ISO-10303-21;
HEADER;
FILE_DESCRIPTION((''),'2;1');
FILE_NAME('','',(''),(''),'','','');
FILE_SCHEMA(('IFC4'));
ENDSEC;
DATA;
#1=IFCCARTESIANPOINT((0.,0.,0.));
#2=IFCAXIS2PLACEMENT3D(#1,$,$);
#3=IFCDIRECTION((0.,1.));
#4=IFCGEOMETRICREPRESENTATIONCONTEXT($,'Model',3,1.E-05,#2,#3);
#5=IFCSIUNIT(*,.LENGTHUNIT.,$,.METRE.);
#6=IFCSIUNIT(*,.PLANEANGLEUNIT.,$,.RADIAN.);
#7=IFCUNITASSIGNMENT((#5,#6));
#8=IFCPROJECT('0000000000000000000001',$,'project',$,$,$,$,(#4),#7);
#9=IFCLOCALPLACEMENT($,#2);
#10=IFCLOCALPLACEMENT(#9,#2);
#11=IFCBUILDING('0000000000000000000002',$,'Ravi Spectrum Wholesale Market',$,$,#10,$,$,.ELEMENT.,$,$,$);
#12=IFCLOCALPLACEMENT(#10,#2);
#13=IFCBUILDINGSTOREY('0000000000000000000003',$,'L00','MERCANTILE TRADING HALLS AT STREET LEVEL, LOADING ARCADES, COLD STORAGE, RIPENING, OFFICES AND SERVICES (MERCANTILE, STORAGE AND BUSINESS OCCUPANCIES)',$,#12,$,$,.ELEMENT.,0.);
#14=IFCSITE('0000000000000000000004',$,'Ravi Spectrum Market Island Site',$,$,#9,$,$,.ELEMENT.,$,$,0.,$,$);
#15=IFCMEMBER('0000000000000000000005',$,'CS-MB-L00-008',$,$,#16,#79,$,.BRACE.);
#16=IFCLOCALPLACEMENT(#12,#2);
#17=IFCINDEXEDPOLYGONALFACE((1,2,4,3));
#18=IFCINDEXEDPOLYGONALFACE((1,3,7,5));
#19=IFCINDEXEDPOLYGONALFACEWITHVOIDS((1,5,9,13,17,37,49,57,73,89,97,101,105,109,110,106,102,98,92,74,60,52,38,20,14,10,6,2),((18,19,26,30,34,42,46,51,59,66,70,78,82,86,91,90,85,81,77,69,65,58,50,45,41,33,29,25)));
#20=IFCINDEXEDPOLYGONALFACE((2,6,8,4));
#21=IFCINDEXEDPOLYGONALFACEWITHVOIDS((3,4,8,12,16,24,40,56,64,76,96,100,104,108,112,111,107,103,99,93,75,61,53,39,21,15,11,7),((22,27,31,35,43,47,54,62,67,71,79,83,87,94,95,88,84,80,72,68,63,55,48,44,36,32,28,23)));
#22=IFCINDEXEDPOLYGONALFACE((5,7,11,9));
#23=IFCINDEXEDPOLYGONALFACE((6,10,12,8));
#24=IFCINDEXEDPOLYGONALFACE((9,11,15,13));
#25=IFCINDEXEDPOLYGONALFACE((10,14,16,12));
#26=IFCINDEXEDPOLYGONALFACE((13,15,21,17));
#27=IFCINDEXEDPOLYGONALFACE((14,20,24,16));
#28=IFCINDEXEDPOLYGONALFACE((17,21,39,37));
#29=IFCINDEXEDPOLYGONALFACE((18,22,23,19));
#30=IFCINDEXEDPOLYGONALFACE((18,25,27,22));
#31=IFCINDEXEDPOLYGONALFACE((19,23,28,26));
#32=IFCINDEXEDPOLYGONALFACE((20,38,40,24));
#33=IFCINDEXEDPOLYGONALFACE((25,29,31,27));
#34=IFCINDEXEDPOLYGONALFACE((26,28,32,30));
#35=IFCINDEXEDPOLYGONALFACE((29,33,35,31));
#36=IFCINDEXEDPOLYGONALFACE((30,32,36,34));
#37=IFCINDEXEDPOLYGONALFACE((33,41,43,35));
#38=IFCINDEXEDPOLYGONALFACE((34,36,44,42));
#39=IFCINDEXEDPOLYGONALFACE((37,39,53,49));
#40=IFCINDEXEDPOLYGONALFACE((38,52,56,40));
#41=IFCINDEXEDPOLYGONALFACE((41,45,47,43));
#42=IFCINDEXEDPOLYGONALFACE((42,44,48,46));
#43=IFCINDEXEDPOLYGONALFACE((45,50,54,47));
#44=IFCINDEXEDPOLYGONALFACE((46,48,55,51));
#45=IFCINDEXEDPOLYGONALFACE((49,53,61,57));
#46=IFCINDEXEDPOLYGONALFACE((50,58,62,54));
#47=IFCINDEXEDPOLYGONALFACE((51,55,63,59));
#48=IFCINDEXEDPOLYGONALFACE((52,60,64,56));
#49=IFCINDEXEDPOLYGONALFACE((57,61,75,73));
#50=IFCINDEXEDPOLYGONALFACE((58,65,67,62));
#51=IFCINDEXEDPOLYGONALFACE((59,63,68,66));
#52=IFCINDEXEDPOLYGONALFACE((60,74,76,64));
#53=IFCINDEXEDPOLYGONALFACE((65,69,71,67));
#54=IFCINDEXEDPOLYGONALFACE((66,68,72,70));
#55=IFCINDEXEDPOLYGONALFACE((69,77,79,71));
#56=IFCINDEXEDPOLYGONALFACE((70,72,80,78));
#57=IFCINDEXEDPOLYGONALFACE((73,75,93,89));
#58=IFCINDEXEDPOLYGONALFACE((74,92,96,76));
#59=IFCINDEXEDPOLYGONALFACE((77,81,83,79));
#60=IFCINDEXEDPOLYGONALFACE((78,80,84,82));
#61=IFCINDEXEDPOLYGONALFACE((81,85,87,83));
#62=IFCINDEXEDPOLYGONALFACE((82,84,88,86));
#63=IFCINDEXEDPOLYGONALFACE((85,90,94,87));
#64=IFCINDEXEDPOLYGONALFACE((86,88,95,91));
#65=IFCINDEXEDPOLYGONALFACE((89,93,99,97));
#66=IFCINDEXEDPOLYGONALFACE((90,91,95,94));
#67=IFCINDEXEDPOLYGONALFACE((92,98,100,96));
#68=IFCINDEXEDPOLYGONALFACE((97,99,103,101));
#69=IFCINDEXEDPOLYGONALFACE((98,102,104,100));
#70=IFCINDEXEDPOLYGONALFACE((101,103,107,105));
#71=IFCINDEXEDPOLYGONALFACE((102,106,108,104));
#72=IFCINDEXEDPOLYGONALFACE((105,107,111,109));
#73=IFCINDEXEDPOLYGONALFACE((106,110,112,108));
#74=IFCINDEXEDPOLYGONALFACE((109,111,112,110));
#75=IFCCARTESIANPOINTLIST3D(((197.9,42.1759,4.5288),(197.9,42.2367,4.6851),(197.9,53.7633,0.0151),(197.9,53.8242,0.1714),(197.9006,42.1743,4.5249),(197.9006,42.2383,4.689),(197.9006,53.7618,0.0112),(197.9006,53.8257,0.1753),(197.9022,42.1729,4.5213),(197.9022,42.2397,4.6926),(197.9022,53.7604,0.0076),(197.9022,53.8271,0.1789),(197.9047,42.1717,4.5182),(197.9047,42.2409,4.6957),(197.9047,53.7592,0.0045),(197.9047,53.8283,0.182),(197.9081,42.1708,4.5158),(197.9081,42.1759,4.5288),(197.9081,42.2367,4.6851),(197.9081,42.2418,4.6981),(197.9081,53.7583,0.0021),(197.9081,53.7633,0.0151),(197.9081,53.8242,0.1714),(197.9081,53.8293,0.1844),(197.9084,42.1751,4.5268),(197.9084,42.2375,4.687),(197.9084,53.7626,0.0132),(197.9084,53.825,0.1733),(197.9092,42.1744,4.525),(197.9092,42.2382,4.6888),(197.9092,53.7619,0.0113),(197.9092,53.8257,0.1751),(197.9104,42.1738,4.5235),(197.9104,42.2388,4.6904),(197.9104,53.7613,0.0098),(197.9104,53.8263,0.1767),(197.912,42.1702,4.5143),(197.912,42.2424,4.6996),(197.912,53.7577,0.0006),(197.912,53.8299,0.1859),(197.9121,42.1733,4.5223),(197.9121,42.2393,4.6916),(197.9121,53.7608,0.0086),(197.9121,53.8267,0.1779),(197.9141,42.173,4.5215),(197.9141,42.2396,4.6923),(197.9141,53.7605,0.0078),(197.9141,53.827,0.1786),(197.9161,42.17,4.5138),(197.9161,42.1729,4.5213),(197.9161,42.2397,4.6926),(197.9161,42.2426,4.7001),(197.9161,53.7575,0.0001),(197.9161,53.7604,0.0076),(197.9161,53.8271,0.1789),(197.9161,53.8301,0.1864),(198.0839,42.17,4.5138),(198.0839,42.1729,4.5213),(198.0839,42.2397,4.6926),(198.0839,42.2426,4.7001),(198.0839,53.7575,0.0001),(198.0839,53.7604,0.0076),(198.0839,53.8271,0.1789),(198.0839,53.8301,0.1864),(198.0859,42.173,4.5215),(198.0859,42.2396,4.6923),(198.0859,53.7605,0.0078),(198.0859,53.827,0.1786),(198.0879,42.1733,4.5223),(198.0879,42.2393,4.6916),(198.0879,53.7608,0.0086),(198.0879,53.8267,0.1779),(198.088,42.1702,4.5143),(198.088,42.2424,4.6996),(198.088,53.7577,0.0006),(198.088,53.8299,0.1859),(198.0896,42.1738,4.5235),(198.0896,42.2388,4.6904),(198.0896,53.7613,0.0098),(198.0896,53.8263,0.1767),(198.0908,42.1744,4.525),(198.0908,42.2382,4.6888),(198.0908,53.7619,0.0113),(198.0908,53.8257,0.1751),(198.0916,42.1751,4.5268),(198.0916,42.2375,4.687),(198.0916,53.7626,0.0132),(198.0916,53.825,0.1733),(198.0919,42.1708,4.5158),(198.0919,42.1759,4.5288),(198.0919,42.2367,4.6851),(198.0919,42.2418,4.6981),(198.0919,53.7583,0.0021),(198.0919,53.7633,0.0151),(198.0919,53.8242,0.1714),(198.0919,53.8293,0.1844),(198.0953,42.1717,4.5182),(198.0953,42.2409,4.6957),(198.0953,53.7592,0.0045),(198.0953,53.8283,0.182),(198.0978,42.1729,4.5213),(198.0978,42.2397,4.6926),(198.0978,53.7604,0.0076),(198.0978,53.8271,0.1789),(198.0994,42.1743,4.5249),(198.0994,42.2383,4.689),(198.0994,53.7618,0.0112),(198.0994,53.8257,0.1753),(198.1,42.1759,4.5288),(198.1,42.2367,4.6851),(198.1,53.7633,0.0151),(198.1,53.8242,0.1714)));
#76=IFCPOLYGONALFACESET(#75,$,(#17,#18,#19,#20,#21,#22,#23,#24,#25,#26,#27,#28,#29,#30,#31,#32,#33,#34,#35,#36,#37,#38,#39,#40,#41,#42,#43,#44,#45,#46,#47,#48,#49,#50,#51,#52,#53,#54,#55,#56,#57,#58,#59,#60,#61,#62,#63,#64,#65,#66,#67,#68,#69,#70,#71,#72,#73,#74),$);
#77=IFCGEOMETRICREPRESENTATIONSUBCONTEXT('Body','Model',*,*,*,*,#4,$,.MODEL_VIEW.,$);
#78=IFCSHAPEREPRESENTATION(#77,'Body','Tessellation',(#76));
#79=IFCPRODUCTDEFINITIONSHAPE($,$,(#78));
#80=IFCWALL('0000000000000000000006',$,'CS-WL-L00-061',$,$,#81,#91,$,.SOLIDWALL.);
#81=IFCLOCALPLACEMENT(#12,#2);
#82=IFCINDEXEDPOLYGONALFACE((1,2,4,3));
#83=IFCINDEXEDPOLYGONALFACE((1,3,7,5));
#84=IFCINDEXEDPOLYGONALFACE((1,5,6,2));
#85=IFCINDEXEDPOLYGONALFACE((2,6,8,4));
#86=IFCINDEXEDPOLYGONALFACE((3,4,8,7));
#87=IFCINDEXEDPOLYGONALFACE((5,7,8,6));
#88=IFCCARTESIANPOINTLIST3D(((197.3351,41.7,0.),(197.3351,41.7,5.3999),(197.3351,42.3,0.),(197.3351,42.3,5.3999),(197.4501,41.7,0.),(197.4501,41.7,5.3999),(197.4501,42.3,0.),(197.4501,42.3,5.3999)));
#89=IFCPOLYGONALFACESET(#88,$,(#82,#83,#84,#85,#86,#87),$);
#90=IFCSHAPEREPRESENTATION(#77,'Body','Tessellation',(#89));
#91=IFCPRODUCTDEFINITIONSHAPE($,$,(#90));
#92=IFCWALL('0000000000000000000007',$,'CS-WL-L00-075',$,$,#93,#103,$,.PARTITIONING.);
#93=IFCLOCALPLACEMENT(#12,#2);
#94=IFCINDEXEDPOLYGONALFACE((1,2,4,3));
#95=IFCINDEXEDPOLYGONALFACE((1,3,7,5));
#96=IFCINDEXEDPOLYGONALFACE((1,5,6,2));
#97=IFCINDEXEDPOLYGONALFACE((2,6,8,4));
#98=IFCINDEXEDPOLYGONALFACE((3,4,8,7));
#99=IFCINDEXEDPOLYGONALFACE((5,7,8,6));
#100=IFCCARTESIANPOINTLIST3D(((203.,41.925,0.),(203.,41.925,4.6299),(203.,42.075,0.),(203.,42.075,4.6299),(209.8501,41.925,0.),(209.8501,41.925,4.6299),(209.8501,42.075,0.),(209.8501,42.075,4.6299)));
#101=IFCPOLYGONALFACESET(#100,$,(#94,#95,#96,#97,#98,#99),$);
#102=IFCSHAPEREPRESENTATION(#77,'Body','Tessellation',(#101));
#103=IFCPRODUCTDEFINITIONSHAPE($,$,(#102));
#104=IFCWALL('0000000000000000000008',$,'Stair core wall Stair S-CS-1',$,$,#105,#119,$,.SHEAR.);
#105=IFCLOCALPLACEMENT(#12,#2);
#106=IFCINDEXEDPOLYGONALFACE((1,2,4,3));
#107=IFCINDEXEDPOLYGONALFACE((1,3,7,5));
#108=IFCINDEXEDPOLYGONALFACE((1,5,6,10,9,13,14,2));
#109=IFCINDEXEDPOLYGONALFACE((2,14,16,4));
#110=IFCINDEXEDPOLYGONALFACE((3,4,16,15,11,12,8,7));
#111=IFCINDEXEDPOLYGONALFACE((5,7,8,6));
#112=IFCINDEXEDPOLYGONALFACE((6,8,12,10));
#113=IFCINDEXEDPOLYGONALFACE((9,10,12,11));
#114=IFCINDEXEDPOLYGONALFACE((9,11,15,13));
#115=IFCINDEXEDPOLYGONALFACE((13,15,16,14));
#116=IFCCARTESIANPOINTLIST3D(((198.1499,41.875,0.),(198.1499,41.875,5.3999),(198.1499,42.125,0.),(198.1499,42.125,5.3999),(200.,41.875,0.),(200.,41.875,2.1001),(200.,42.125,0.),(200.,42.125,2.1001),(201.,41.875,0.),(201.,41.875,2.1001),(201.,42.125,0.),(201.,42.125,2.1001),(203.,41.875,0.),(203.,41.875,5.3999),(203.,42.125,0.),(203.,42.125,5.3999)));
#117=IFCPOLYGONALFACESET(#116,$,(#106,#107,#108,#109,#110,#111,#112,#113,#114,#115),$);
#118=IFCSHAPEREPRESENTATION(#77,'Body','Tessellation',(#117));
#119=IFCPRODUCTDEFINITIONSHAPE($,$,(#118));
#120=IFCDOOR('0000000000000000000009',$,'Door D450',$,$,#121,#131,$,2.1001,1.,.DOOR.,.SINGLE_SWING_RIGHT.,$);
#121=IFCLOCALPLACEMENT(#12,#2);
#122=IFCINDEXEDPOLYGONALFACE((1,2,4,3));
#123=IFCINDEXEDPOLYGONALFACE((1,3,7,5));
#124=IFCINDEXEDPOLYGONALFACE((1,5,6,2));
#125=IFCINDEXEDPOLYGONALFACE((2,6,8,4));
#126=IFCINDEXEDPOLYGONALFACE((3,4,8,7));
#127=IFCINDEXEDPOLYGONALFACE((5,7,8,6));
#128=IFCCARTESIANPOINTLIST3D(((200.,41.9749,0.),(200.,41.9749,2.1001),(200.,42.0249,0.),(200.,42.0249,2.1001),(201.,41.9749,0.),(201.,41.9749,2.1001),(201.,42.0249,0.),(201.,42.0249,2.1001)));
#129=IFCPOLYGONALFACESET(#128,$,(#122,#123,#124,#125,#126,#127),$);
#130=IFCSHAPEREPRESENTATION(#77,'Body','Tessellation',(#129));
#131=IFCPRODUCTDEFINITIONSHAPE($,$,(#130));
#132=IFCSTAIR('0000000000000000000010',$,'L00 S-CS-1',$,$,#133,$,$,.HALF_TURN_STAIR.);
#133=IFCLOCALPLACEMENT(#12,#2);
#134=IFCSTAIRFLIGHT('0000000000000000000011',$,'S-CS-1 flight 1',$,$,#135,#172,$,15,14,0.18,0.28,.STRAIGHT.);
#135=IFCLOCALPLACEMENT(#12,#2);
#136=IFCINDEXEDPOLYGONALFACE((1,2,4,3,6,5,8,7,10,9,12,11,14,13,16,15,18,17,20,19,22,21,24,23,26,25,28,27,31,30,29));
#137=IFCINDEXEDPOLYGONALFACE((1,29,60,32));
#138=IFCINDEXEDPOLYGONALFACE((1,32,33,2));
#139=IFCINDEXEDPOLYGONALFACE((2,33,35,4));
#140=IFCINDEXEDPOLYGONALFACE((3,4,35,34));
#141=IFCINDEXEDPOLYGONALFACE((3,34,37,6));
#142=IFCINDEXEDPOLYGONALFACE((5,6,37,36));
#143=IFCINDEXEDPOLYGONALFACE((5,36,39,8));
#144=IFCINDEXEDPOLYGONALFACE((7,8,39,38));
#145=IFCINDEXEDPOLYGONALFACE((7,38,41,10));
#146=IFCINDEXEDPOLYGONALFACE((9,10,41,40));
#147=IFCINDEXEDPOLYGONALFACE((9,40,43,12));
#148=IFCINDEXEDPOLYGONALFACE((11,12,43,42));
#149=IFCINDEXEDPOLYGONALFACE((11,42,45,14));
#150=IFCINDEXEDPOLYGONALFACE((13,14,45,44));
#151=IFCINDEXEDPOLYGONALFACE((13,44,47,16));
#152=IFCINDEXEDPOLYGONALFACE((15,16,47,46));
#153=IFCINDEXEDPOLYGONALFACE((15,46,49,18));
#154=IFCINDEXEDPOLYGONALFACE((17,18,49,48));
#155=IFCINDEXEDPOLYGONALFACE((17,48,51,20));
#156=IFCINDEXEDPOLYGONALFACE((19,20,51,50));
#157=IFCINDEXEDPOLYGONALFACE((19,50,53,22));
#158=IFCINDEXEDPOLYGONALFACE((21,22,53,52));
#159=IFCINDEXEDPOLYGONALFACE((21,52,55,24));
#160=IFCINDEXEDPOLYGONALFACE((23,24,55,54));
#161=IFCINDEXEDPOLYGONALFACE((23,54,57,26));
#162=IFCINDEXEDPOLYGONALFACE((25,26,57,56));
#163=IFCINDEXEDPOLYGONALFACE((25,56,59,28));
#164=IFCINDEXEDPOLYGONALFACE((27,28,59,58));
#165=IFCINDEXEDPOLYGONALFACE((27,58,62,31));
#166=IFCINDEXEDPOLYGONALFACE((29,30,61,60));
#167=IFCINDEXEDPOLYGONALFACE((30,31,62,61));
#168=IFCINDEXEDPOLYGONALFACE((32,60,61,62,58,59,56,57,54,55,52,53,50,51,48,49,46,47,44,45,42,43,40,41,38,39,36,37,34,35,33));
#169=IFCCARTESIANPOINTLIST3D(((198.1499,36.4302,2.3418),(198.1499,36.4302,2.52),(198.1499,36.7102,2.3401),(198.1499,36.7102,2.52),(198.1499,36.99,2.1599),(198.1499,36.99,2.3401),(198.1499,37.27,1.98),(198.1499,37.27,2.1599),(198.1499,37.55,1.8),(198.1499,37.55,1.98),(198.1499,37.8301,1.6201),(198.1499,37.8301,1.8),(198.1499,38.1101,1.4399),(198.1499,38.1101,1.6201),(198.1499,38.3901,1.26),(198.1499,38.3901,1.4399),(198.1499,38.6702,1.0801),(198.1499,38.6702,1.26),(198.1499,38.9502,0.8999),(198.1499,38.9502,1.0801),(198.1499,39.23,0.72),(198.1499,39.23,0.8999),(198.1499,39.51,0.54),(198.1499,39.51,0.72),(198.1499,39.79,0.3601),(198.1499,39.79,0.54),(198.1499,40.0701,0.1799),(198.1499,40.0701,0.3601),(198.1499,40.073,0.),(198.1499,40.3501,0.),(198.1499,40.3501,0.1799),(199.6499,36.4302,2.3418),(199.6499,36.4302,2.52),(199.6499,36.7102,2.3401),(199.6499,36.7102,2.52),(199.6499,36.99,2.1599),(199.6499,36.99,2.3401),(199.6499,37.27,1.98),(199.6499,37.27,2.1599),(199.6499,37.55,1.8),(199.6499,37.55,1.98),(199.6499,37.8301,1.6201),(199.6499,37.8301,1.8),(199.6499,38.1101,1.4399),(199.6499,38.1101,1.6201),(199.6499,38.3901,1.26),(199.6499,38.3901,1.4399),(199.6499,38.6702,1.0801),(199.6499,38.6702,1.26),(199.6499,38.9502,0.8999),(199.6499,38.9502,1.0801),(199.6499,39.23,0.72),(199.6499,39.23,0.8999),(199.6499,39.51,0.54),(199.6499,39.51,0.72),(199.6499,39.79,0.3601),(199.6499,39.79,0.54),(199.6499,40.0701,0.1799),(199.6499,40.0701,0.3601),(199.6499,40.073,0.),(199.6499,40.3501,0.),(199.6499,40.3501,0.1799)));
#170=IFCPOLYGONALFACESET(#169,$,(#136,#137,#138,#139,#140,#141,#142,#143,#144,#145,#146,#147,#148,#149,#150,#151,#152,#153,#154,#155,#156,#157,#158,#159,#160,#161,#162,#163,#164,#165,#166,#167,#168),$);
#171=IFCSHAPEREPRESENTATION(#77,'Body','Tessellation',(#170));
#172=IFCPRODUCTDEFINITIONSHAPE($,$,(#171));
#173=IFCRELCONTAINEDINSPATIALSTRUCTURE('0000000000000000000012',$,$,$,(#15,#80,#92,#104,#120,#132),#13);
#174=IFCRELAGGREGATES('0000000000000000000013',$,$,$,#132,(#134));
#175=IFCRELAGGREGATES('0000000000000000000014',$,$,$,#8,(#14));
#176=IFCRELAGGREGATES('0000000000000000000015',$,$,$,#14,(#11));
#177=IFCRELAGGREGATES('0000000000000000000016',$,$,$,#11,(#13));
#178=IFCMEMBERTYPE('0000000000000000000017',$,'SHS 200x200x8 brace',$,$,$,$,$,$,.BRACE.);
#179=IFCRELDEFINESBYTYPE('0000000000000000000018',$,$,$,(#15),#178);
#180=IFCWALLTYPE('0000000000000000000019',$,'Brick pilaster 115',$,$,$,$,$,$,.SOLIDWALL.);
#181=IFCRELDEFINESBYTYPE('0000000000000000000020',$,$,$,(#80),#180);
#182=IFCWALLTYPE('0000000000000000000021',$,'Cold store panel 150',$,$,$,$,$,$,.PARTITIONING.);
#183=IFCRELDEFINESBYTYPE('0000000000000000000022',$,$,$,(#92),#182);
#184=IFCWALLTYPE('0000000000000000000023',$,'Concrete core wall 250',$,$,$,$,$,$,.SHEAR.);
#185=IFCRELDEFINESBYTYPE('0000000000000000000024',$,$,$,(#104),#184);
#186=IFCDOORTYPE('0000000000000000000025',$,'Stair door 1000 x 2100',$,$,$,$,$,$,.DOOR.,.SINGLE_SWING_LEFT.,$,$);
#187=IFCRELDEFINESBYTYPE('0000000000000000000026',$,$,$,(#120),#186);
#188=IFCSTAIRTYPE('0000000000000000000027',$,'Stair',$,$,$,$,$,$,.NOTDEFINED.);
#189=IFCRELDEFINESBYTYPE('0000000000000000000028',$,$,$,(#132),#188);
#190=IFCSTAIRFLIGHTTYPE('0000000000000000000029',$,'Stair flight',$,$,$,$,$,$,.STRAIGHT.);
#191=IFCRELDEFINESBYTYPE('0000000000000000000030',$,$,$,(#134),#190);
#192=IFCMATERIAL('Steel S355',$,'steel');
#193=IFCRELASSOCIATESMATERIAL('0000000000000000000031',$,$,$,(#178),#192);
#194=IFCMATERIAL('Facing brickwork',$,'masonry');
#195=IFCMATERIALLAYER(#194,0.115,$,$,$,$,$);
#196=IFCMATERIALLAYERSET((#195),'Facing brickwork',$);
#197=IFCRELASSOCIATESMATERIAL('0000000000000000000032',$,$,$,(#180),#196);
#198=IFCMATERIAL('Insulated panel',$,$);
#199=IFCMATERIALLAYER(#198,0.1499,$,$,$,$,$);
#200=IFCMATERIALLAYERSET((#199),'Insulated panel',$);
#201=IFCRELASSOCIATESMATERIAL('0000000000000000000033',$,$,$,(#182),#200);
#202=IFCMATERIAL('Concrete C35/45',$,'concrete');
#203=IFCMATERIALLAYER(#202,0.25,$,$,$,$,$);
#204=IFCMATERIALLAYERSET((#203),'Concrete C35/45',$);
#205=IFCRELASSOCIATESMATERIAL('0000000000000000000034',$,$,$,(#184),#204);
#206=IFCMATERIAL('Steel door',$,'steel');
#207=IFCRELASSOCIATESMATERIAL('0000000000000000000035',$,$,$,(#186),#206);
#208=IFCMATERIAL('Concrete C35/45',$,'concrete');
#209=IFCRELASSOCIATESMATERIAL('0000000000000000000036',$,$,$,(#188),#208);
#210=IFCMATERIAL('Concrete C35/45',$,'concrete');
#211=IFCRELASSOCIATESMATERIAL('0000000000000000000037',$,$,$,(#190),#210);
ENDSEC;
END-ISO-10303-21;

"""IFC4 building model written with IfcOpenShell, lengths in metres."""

from ifc_helpers import new_model, si_unit, direction, frame, frame_2d, origin, origin_2d, place, context, subcontext, project, spatial, polyline, rectangle, hollow_rectangle, outline, extrude, material, layer, layer_set, material_profile, profile_set, type_object, element, fill, aggregate, save


model = new_model("IFC4")

# Units and contexts
model_context = context("Model", 3, precision=1e-05, world=origin(), true_north=direction((0.0, 1.0)))
body_context = subcontext(model_context, "Body", "Model", "MODEL_VIEW")
ifc_project = project(units=[si_unit("LENGTHUNIT", "METRE"), si_unit("PLANEANGLEUNIT", "RADIAN")], contexts=[model_context])

# Site, building, storey
site_placement = place(None, origin())
site = spatial("IfcSite", under=ifc_project, at=site_placement, Name="Ravi Spectrum Market Island Site", CompositionType="ELEMENT", RefElevation=0.0)
building_placement = place(site_placement, origin())
building = spatial("IfcBuilding", under=site, at=building_placement, Name="Ravi Spectrum Wholesale Market", CompositionType="ELEMENT")
storey_placement = place(building_placement, origin())
storey = spatial("IfcBuildingStorey", under=building, at=storey_placement, Name="L00", Description="MERCANTILE TRADING HALLS AT STREET LEVEL, LOADING ARCADES, COLD STORAGE, RIPENING, OFFICES AND SERVICES (MERCANTILE, STORAGE AND BUSINESS OCCUPANCIES)", CompositionType="ELEMENT", Elevation=0.0)

# Member
ifc_material_1 = material(Name="Steel S355", Category="steel")
ifc_material_profile_1 = material_profile(ifc_material_1, hollow_rectangle(XDim=0.2, YDim=0.2, WallThickness=0.0081, InnerFilletRadius=0.0081, OuterFilletRadius=0.0161, at=origin_2d()))
ifc_profile_set_1 = profile_set([ifc_material_profile_1], Name="Steel S355")
member_type = type_object("IfcMemberType", Name="SHS 200x200x8 brace", PredefinedType="BRACE", material=ifc_profile_set_1)
member_placement = place(storey_placement, frame((198.0, 42.2063, 4.6069), z_axis=(0.0, 0.931802, -0.362967), x_axis=(-1.0, 0.0, 0.0)))
element("IfcMember", 1, at=member_placement, inside=storey, type_object=member_type, Name="CS-MB-L00-008", PredefinedType="BRACE", context=body_context, shape_type="SweptSolid", body=[
    extrude(hollow_rectangle(XDim=0.2, YDim=0.2, WallThickness=0.0081, InnerFilletRadius=0.0081, OuterFilletRadius=0.0161, at=origin_2d()), origin(), (0.0, 0.0, 1.0), 12.4355),
])

# Walls
ifc_material_2 = material(Name="Facing brickwork", Category="masonry")
ifc_layer_1 = layer(ifc_material_2, 0.115)
ifc_layer_set_1 = layer_set([ifc_layer_1], Name="Facing brickwork")
wall_type_1 = type_object("IfcWallType", Name="Brick pilaster 115", PredefinedType="SOLIDWALL", material=ifc_layer_set_1)
wall_1_placement = place(storey_placement, frame((197.3926, 42.3, 0.0), z_axis=(0.0, 0.0, 1.0), x_axis=(0.0, -1.0, 0.0)))
element("IfcWall", 2, at=wall_1_placement, inside=storey, type_object=wall_type_1, Name="CS-WL-L00-061", PredefinedType="SOLIDWALL", context=body_context, shape_type="SweptSolid", body=[
    extrude(rectangle(XDim=0.6001, YDim=0.115, at=frame_2d((0.3, 0.0))), origin(), (0.0, 0.0, 1.0), 5.3999),
])
ifc_material_3 = material(Name="Insulated panel")
ifc_layer_2 = layer(ifc_material_3, 0.1499)
ifc_layer_set_2 = layer_set([ifc_layer_2], Name="Insulated panel")
wall_type_2 = type_object("IfcWallType", Name="Cold store panel 150", PredefinedType="PARTITIONING", material=ifc_layer_set_2)
wall_2_placement = place(storey_placement, frame((203.0, 42.0, 0.0), z_axis=(0.0, 0.0, 1.0), x_axis=(1.0, 0.0, 0.0)))
element("IfcWall", 3, at=wall_2_placement, inside=storey, type_object=wall_type_2, Name="CS-WL-L00-075", PredefinedType="PARTITIONING", context=body_context, shape_type="SweptSolid", body=[
    extrude(rectangle(XDim=6.8501, YDim=0.1499, at=frame_2d((3.425, 0.0))), origin(), (0.0, 0.0, 1.0), 4.6299),
])

# Wall, opening, door
ifc_material_4 = material(Name="Concrete C35/45", Category="concrete")
ifc_layer_3 = layer(ifc_material_4, 0.25)
ifc_layer_set_3 = layer_set([ifc_layer_3], Name="Concrete C35/45")
wall_type_3 = type_object("IfcWallType", Name="Concrete core wall 250", PredefinedType="SHEAR", material=ifc_layer_set_3)
wall_3_placement = place(storey_placement, frame((198.1499, 42.0, 0.0), z_axis=(0.0, 0.0, 1.0), x_axis=(1.0, 0.0, 0.0)))
wall_3 = element("IfcWall", 4, at=wall_3_placement, inside=storey, type_object=wall_type_3, Name="Stair core wall Stair S-CS-1", PredefinedType="SHEAR", context=body_context, shape_type="SweptSolid", body=[
    extrude(rectangle(XDim=4.8501, YDim=0.25, at=frame_2d((2.425, 0.0))), origin(), (0.0, 0.0, 1.0), 5.3999),
])
opening_placement = place(wall_3_placement, frame((1.8501, 0.0, 0.0)))
opening = element("IfcOpeningElement", 5, at=opening_placement, cuts=wall_3, PredefinedType="OPENING", context=body_context, shape_type="SweptSolid", body=[
    extrude(rectangle(XDim=1.0, YDim=2.1001, at=frame_2d((0.5, 1.05))), frame((0.0, 0.135, 0.0), z_axis=(0.0, -1.0, 0.0), x_axis=(1.0, 0.0, 0.0)), (0.0, 0.0, 1.0), 0.27),
])
ifc_material_5 = material(Name="Steel door", Category="steel")
door_type = type_object("IfcDoorType", Name="Stair door 1000 x 2100", OperationType="SINGLE_SWING_LEFT", PredefinedType="DOOR", material=ifc_material_5)
door_placement = place(opening_placement, origin())
door = element("IfcDoor", 6, at=door_placement, inside=storey, type_object=door_type, Name="Door D450", OperationType="SINGLE_SWING_RIGHT", OverallHeight=2.1001, OverallWidth=1.0, PredefinedType="DOOR", context=body_context, shape_type="SweptSolid", body=[
    extrude(rectangle(XDim=1.0, YDim=2.1001, at=frame_2d((0.5, 1.05))), frame((0.0, 0.0249, 0.0), z_axis=(0.0, -1.0, 0.0), x_axis=(1.0, 0.0, 0.0)), (0.0, 0.0, 1.0), 0.05),
])
fill(opening, door)

# Stair, stair flight
ifc_material_6 = material(Name="Concrete C35/45", Category="concrete")
stair_type = type_object("IfcStairType", Name="Stair", PredefinedType="NOTDEFINED", material=ifc_material_6)
stair_placement = place(storey_placement, origin())
stair = element("IfcStair", 7, at=stair_placement, inside=storey, type_object=stair_type, Name="L00 S-CS-1", PredefinedType="HALF_TURN_STAIR")
ifc_material_7 = material(Name="Concrete C35/45", Category="concrete")
stair_flight_type = type_object("IfcStairFlightType", Name="Stair flight", PredefinedType="STRAIGHT", material=ifc_material_7)
stair_flight_1_placement = place(storey_placement, frame((198.8999, 40.3501, 0.0), z_axis=(0.0, 0.0, 1.0), x_axis=(0.0, -1.0, 0.0)))
stair_flight_1 = element("IfcStairFlight", 8, at=stair_flight_1_placement, type_object=stair_flight_type, Name="S-CS-1 flight 1", NumberOfRisers=15, NumberOfTreads=14, PredefinedType="STRAIGHT", RiserHeight=0.18, TreadLength=0.28, context=body_context, shape_type="SweptSolid", body=[
    extrude(outline(polyline([(0.0, 0.0), (0.0, 0.1799), (0.28, 0.1799), (0.28, 0.3601), (0.5601, 0.3601), (0.5601, 0.54), (0.8401, 0.54), (0.8401, 0.72), (1.1201, 0.72), (1.1201, 0.8999), (1.3999, 0.8999), (1.3999, 1.0801), (1.6799, 1.0801), (1.6799, 1.26), (1.96, 1.26), (1.96, 1.4399), (2.24, 1.4399), (2.24, 1.6201), (2.52, 1.6201), (2.52, 1.8), (2.8, 1.8), (2.8, 1.98), (3.0801, 1.98), (3.0801, 2.1599), (3.3601, 2.1599), (3.3601, 2.3401), (3.6399, 2.3401), (3.6399, 2.52), (3.9199, 2.52), (3.9199, 2.7), (3.9199, 2.3418), (0.2771, 0.0), (0.0, 0.0)])), frame((0.0, 0.75, 0.0), z_axis=(0.0, -1.0, 0.0), x_axis=(1.0, 0.0, 0.0)), (0.0, 0.0, 1.0), 1.5),
])
aggregate(stair, [stair_flight_1])

save(model, "model.ifc")
